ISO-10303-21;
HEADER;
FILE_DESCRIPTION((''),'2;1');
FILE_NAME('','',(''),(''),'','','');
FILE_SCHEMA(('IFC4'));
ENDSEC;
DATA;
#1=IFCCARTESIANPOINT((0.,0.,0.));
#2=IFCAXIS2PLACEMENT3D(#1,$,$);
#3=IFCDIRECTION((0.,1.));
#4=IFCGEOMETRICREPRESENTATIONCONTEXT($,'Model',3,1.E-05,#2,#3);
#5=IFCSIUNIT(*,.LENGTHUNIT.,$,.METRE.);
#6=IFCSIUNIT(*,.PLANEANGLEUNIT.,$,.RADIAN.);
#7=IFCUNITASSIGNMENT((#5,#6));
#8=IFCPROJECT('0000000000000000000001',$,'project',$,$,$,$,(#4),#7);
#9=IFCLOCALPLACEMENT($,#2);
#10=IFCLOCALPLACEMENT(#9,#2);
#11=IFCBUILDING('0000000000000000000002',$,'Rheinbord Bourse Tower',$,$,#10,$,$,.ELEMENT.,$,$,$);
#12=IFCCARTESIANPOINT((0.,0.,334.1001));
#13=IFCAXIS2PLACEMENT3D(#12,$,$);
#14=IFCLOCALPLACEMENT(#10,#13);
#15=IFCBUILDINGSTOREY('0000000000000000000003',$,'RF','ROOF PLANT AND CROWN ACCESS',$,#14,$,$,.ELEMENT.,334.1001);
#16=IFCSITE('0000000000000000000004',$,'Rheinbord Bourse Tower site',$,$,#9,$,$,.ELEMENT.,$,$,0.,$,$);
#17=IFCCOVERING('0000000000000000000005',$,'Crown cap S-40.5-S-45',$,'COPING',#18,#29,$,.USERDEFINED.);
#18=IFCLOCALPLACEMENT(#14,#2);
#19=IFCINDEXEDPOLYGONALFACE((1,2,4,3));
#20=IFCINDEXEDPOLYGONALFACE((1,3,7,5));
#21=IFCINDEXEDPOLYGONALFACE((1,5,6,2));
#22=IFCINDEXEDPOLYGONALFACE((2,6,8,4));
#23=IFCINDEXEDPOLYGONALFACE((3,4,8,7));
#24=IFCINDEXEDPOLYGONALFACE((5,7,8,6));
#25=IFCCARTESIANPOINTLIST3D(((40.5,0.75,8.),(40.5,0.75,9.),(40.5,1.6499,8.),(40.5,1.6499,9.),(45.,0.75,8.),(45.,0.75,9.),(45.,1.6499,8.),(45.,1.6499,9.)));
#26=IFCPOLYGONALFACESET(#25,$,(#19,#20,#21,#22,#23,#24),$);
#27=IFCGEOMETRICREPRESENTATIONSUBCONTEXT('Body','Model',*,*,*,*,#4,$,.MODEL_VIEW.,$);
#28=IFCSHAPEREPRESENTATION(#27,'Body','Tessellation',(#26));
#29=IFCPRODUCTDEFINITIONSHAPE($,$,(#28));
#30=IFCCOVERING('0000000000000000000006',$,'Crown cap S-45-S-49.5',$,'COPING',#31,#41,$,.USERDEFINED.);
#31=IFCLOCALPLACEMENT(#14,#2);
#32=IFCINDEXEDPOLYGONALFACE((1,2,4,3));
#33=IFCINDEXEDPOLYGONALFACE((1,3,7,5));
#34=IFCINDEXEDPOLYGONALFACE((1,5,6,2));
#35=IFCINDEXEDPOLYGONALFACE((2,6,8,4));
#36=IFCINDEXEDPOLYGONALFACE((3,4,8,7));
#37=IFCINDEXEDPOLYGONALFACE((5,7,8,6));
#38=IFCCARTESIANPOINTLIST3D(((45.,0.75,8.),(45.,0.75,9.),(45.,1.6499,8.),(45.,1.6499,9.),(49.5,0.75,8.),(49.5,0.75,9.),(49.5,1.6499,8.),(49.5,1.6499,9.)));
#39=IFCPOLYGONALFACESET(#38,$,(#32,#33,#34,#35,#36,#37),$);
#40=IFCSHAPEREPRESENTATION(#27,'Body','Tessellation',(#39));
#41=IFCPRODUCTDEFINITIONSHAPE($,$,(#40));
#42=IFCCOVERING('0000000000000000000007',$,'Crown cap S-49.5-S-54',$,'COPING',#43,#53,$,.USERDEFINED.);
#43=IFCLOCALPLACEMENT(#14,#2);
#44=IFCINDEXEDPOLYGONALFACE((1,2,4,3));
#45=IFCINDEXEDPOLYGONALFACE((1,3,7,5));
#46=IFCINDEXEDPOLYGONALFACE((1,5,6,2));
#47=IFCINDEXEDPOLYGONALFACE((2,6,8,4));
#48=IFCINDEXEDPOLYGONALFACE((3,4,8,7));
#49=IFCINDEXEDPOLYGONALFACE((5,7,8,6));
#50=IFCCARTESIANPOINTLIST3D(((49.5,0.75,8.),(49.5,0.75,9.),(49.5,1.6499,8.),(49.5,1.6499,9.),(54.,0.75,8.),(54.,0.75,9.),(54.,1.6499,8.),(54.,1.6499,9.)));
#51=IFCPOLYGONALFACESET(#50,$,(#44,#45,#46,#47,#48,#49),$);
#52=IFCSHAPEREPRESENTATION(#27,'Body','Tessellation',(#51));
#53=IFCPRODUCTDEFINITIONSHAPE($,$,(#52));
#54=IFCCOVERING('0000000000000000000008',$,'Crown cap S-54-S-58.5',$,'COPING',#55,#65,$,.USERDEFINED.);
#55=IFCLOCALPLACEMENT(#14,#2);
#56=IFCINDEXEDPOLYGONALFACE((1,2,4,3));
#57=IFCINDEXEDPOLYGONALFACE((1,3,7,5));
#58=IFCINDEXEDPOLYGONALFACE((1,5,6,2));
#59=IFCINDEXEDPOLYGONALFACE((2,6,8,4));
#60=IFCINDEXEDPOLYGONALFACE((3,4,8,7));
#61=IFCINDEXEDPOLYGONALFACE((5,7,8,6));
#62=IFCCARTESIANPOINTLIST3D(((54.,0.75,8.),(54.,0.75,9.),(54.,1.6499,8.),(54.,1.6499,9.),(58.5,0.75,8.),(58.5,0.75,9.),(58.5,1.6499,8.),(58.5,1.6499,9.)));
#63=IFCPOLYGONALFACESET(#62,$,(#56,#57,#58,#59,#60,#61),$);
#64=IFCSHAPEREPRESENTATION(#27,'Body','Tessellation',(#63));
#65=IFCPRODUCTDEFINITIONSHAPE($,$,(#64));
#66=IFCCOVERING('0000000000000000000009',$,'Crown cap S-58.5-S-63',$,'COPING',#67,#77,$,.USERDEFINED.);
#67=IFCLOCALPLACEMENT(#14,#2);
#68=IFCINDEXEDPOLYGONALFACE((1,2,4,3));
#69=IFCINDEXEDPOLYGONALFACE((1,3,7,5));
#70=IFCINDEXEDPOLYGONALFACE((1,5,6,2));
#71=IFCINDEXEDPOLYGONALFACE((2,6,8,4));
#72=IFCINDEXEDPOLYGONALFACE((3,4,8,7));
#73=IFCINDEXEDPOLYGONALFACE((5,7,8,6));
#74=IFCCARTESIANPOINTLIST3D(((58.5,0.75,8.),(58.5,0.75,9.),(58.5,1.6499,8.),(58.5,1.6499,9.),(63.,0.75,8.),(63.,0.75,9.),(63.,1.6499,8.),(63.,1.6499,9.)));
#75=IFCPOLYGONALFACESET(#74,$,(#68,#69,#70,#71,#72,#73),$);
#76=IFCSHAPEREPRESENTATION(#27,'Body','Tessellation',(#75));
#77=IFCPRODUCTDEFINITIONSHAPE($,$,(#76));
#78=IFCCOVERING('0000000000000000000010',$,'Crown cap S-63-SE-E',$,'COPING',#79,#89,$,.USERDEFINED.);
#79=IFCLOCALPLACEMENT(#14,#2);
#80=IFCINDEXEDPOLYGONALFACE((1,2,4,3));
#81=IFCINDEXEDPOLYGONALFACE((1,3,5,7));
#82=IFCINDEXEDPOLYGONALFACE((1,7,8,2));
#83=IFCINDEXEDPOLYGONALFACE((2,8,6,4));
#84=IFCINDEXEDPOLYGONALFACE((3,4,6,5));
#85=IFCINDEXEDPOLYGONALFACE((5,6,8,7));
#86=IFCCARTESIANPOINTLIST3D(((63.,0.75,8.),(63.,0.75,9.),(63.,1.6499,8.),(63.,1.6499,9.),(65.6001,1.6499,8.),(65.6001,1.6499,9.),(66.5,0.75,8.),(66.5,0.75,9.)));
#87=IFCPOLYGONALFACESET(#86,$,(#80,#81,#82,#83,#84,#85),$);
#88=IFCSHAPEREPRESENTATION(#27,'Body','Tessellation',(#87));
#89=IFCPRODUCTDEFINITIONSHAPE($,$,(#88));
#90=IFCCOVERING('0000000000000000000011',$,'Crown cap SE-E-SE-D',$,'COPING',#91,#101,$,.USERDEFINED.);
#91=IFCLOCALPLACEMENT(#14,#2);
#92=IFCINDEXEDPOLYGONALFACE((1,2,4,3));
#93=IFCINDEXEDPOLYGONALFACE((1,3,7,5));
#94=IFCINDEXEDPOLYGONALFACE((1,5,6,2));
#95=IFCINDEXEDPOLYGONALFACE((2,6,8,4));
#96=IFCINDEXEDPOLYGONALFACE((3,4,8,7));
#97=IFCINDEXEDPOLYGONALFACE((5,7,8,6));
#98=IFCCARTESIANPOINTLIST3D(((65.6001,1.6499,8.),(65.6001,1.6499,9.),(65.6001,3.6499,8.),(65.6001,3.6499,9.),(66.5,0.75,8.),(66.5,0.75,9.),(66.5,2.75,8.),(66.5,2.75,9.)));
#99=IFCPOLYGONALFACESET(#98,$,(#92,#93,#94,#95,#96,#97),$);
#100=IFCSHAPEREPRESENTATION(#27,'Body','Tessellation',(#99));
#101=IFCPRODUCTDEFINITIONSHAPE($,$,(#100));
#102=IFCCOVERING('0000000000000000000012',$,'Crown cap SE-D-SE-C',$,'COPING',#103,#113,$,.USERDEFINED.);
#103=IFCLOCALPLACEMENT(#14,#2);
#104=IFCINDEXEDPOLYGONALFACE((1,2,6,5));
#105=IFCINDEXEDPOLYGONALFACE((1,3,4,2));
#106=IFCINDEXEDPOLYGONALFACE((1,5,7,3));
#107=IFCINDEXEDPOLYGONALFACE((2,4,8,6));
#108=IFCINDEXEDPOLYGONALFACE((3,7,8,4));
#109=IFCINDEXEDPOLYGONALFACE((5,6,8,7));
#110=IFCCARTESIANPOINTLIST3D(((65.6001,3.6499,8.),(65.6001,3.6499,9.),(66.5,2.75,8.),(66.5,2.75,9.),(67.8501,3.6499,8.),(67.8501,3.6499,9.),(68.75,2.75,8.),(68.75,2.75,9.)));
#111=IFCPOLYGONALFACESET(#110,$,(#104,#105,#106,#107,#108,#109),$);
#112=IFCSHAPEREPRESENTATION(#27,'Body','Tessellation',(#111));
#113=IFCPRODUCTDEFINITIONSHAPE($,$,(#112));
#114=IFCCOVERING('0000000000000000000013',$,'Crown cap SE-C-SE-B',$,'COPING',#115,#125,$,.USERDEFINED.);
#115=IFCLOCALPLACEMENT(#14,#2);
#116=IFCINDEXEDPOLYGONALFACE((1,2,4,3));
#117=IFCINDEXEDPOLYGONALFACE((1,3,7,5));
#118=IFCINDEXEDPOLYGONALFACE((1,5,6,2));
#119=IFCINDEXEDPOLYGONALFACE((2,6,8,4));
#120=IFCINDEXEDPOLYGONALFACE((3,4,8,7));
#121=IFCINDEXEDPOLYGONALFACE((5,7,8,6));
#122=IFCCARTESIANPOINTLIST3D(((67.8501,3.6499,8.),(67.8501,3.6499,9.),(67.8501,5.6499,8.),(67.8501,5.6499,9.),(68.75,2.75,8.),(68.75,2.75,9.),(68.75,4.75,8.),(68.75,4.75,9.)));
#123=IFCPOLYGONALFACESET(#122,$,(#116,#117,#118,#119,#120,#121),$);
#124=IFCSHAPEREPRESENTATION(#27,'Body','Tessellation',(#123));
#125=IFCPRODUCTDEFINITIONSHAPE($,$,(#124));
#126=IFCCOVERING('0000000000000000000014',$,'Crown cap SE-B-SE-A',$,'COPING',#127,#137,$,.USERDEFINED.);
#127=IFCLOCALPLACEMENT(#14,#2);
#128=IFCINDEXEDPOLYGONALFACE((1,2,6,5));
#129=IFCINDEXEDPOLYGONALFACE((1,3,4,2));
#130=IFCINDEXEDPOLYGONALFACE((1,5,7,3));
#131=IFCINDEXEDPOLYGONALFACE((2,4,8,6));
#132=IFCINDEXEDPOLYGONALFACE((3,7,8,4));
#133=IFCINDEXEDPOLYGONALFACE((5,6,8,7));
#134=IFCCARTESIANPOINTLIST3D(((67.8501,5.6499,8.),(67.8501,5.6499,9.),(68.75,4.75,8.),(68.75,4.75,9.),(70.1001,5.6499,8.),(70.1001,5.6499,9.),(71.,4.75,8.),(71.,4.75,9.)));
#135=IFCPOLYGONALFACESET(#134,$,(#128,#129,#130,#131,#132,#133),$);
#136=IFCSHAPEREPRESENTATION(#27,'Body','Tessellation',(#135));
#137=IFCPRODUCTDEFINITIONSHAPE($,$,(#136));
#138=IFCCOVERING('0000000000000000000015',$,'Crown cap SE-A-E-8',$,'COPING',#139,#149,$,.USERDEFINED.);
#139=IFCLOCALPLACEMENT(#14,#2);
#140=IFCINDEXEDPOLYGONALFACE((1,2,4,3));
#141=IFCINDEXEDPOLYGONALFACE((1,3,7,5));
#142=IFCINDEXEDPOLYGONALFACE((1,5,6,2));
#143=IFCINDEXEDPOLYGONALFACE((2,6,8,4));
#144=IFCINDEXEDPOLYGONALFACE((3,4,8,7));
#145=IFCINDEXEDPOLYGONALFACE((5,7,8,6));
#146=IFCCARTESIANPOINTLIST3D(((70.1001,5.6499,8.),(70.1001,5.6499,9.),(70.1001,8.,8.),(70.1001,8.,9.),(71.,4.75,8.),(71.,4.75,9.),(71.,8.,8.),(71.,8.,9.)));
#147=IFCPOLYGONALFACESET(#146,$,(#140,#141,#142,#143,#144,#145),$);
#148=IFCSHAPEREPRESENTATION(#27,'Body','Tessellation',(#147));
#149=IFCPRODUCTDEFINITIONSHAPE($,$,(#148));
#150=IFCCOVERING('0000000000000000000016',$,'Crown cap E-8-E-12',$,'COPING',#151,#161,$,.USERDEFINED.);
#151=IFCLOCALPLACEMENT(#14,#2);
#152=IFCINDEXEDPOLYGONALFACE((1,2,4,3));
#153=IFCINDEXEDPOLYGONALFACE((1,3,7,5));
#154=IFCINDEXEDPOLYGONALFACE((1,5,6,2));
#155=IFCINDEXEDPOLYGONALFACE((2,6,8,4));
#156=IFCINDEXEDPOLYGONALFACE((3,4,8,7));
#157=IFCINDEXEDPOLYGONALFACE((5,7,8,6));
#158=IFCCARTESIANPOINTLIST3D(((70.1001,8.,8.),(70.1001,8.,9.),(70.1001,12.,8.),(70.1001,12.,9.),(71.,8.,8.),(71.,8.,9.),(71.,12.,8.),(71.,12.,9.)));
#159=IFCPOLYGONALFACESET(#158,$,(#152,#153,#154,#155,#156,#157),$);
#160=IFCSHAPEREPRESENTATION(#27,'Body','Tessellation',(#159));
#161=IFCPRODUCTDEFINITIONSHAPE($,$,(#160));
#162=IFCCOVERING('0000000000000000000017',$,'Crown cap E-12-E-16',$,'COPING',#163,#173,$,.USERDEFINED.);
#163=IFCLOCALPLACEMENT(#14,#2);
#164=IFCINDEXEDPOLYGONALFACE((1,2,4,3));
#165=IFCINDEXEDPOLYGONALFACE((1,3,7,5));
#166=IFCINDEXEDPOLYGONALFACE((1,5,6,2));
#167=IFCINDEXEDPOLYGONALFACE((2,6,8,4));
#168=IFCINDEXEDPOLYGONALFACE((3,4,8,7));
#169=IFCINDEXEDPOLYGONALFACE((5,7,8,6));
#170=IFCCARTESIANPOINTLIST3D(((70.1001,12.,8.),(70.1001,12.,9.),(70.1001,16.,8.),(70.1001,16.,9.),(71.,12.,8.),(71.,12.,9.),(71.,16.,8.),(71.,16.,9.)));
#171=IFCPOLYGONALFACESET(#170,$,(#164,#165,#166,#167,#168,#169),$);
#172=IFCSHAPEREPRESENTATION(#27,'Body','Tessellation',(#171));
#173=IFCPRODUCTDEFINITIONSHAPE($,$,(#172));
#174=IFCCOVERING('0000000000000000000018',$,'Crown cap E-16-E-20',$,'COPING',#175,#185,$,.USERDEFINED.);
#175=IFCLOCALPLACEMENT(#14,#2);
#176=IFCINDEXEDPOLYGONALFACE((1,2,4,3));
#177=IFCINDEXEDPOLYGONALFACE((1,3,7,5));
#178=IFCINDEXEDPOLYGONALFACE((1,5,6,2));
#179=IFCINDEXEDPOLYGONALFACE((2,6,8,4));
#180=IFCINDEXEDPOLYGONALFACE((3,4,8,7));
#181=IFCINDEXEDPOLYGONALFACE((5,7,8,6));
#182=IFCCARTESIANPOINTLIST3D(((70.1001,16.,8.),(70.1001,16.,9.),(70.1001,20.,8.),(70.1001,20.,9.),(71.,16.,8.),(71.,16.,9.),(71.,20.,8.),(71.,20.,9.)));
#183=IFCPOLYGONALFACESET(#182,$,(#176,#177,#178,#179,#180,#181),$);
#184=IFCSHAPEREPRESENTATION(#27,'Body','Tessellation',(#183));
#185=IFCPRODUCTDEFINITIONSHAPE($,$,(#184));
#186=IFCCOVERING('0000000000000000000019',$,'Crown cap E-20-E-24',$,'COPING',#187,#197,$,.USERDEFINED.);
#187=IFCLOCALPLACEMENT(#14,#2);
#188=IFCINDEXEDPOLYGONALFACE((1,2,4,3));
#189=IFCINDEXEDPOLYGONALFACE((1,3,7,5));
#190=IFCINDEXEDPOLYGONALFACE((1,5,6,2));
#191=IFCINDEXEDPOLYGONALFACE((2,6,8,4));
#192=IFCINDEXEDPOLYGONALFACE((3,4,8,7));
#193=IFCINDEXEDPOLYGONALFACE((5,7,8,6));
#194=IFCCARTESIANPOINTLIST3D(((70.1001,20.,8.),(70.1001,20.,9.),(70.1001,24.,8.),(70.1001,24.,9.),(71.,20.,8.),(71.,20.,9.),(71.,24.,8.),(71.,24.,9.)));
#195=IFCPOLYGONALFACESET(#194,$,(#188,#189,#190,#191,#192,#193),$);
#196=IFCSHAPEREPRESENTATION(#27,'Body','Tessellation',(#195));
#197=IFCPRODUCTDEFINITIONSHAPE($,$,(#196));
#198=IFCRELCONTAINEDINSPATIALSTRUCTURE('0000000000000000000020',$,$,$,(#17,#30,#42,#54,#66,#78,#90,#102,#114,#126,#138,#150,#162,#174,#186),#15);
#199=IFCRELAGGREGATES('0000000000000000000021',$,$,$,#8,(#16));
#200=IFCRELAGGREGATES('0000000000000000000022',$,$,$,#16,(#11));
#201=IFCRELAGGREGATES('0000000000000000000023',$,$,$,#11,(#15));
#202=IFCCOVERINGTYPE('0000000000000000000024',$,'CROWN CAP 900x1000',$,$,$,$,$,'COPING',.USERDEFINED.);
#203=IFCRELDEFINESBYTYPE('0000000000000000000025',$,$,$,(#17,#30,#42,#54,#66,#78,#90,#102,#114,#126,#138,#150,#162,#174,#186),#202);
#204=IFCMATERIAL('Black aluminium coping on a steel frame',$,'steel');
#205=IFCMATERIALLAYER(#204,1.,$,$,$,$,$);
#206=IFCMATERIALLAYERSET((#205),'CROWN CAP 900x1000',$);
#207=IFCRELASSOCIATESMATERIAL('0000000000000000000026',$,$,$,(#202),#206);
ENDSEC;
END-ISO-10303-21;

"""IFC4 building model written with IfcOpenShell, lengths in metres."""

from ifc_helpers import new_model, si_unit, direction, frame, origin, place, context, subcontext, project, spatial, polyline, outline, extrude, material, layer, layer_set, type_object, element, save


model = new_model("IFC4")

# Units and contexts
model_context = context("Model", 3, precision=1e-05, world=origin(), true_north=direction((0.0, 1.0)))
body_context = subcontext(model_context, "Body", "Model", "MODEL_VIEW")
ifc_project = project(units=[si_unit("LENGTHUNIT", "METRE"), si_unit("PLANEANGLEUNIT", "RADIAN")], contexts=[model_context])

# Site, building, storey
site_placement = place(None, origin())
site = spatial("IfcSite", under=ifc_project, at=site_placement, Name="Rheinbord Bourse Tower site", CompositionType="ELEMENT", RefElevation=0.0)
building_placement = place(site_placement, origin())
building = spatial("IfcBuilding", under=site, at=building_placement, Name="Rheinbord Bourse Tower", CompositionType="ELEMENT")
storey_placement = place(building_placement, frame((0.0, 0.0, 334.1001)))
storey = spatial("IfcBuildingStorey", under=building, at=storey_placement, Name="RF", Description="ROOF PLANT AND CROWN ACCESS", CompositionType="ELEMENT", Elevation=334.1001)

# Coverings
ifc_material = material(Name="Black aluminium coping on a steel frame", Category="steel")
ifc_layer = layer(ifc_material, 1.0)
ifc_layer_set = layer_set([ifc_layer], Name="CROWN CAP 900x1000")
covering_type = type_object("IfcCoveringType", Name="CROWN CAP 900x1000", ElementType="COPING", PredefinedType="USERDEFINED", material=ifc_layer_set)
covering_1_placement = place(storey_placement, frame((0.0, 0.0, 8.0)))
element("IfcCovering", 1, at=covering_1_placement, inside=storey, type_object=covering_type, Name="Crown cap S-40.5-S-45", ObjectType="COPING", PredefinedType="USERDEFINED", context=body_context, shape_type="SweptSolid", body=[
    extrude(outline(polyline([(40.5, 1.6499), (45.0, 1.6499), (45.0, 0.75), (40.5, 0.75), (40.5, 1.6499)])), origin(), (0.0, 0.0, 1.0), 1.0),
])
covering_2_placement = place(storey_placement, frame((0.0, 0.0, 8.0)))
element("IfcCovering", 2, at=covering_2_placement, inside=storey, type_object=covering_type, Name="Crown cap S-45-S-49.5", ObjectType="COPING", PredefinedType="USERDEFINED", context=body_context, shape_type="SweptSolid", body=[
    extrude(outline(polyline([(45.0, 1.6499), (49.5, 1.6499), (49.5, 0.75), (45.0, 0.75), (45.0, 1.6499)])), origin(), (0.0, 0.0, 1.0), 1.0),
])
covering_3_placement = place(storey_placement, frame((0.0, 0.0, 8.0)))
element("IfcCovering", 3, at=covering_3_placement, inside=storey, type_object=covering_type, Name="Crown cap S-49.5-S-54", ObjectType="COPING", PredefinedType="USERDEFINED", context=body_context, shape_type="SweptSolid", body=[
    extrude(outline(polyline([(49.5, 1.6499), (54.0, 1.6499), (54.0, 0.75), (49.5, 0.75), (49.5, 1.6499)])), origin(), (0.0, 0.0, 1.0), 1.0),
])
covering_4_placement = place(storey_placement, frame((0.0, 0.0, 8.0)))
element("IfcCovering", 4, at=covering_4_placement, inside=storey, type_object=covering_type, Name="Crown cap S-54-S-58.5", ObjectType="COPING", PredefinedType="USERDEFINED", context=body_context, shape_type="SweptSolid", body=[
    extrude(outline(polyline([(54.0, 1.6499), (58.5, 1.6499), (58.5, 0.75), (54.0, 0.75), (54.0, 1.6499)])), origin(), (0.0, 0.0, 1.0), 1.0),
])
covering_5_placement = place(storey_placement, frame((0.0, 0.0, 8.0)))
element("IfcCovering", 5, at=covering_5_placement, inside=storey, type_object=covering_type, Name="Crown cap S-58.5-S-63", ObjectType="COPING", PredefinedType="USERDEFINED", context=body_context, shape_type="SweptSolid", body=[
    extrude(outline(polyline([(58.5, 1.6499), (63.0, 1.6499), (63.0, 0.75), (58.5, 0.75), (58.5, 1.6499)])), origin(), (0.0, 0.0, 1.0), 1.0),
])
covering_6_placement = place(storey_placement, frame((0.0, 0.0, 8.0)))
element("IfcCovering", 6, at=covering_6_placement, inside=storey, type_object=covering_type, Name="Crown cap S-63-SE-E", ObjectType="COPING", PredefinedType="USERDEFINED", context=body_context, shape_type="SweptSolid", body=[
    extrude(outline(polyline([(63.0, 1.6499), (65.6001, 1.6499), (66.5, 0.75), (63.0, 0.75), (63.0, 1.6499)])), origin(), (0.0, 0.0, 1.0), 1.0),
])
covering_7_placement = place(storey_placement, frame((0.0, 0.0, 8.0)))
element("IfcCovering", 7, at=covering_7_placement, inside=storey, type_object=covering_type, Name="Crown cap SE-E-SE-D", ObjectType="COPING", PredefinedType="USERDEFINED", context=body_context, shape_type="SweptSolid", body=[
    extrude(outline(polyline([(65.6001, 1.6499), (65.6001, 3.6499), (66.5, 2.75), (66.5, 0.75), (65.6001, 1.6499)])), origin(), (0.0, 0.0, 1.0), 1.0),
])
covering_8_placement = place(storey_placement, frame((0.0, 0.0, 8.0)))
element("IfcCovering", 8, at=covering_8_placement, inside=storey, type_object=covering_type, Name="Crown cap SE-D-SE-C", ObjectType="COPING", PredefinedType="USERDEFINED", context=body_context, shape_type="SweptSolid", body=[
    extrude(outline(polyline([(65.6001, 3.6499), (67.8501, 3.6499), (68.75, 2.75), (66.5, 2.75), (65.6001, 3.6499)])), origin(), (0.0, 0.0, 1.0), 1.0),
])
covering_9_placement = place(storey_placement, frame((0.0, 0.0, 8.0)))
element("IfcCovering", 9, at=covering_9_placement, inside=storey, type_object=covering_type, Name="Crown cap SE-C-SE-B", ObjectType="COPING", PredefinedType="USERDEFINED", context=body_context, shape_type="SweptSolid", body=[
    extrude(outline(polyline([(67.8501, 3.6499), (67.8501, 5.6499), (68.75, 4.75), (68.75, 2.75), (67.8501, 3.6499)])), origin(), (0.0, 0.0, 1.0), 1.0),
])
covering_10_placement = place(storey_placement, frame((0.0, 0.0, 8.0)))
element("IfcCovering", 10, at=covering_10_placement, inside=storey, type_object=covering_type, Name="Crown cap SE-B-SE-A", ObjectType="COPING", PredefinedType="USERDEFINED", context=body_context, shape_type="SweptSolid", body=[
    extrude(outline(polyline([(67.8501, 5.6499), (70.1001, 5.6499), (71.0, 4.75), (68.75, 4.75), (67.8501, 5.6499)])), origin(), (0.0, 0.0, 1.0), 1.0),
])
covering_11_placement = place(storey_placement, frame((0.0, 0.0, 8.0)))
element("IfcCovering", 11, at=covering_11_placement, inside=storey, type_object=covering_type, Name="Crown cap SE-A-E-8", ObjectType="COPING", PredefinedType="USERDEFINED", context=body_context, shape_type="SweptSolid", body=[
    extrude(outline(polyline([(70.1001, 5.6499), (70.1001, 8.0), (71.0, 8.0), (71.0, 4.75), (70.1001, 5.6499)])), origin(), (0.0, 0.0, 1.0), 1.0),
])
covering_12_placement = place(storey_placement, frame((0.0, 0.0, 8.0)))
element("IfcCovering", 12, at=covering_12_placement, inside=storey, type_object=covering_type, Name="Crown cap E-8-E-12", ObjectType="COPING", PredefinedType="USERDEFINED", context=body_context, shape_type="SweptSolid", body=[
    extrude(outline(polyline([(70.1001, 8.0), (70.1001, 12.0), (71.0, 12.0), (71.0, 8.0), (70.1001, 8.0)])), origin(), (0.0, 0.0, 1.0), 1.0),
])
covering_13_placement = place(storey_placement, frame((0.0, 0.0, 8.0)))
element("IfcCovering", 13, at=covering_13_placement, inside=storey, type_object=covering_type, Name="Crown cap E-12-E-16", ObjectType="COPING", PredefinedType="USERDEFINED", context=body_context, shape_type="SweptSolid", body=[
    extrude(outline(polyline([(70.1001, 12.0), (70.1001, 16.0), (71.0, 16.0), (71.0, 12.0), (70.1001, 12.0)])), origin(), (0.0, 0.0, 1.0), 1.0),
])
covering_14_placement = place(storey_placement, frame((0.0, 0.0, 8.0)))
element("IfcCovering", 14, at=covering_14_placement, inside=storey, type_object=covering_type, Name="Crown cap E-16-E-20", ObjectType="COPING", PredefinedType="USERDEFINED", context=body_context, shape_type="SweptSolid", body=[
    extrude(outline(polyline([(70.1001, 16.0), (70.1001, 20.0), (71.0, 20.0), (71.0, 16.0), (70.1001, 16.0)])), origin(), (0.0, 0.0, 1.0), 1.0),
])
covering_15_placement = place(storey_placement, frame((0.0, 0.0, 8.0)))
element("IfcCovering", 15, at=covering_15_placement, inside=storey, type_object=covering_type, Name="Crown cap E-20-E-24", ObjectType="COPING", PredefinedType="USERDEFINED", context=body_context, shape_type="SweptSolid", body=[
    extrude(outline(polyline([(70.1001, 20.0), (70.1001, 24.0), (71.0, 24.0), (71.0, 20.0), (70.1001, 20.0)])), origin(), (0.0, 0.0, 1.0), 1.0),
])

save(model, "model.ifc")
